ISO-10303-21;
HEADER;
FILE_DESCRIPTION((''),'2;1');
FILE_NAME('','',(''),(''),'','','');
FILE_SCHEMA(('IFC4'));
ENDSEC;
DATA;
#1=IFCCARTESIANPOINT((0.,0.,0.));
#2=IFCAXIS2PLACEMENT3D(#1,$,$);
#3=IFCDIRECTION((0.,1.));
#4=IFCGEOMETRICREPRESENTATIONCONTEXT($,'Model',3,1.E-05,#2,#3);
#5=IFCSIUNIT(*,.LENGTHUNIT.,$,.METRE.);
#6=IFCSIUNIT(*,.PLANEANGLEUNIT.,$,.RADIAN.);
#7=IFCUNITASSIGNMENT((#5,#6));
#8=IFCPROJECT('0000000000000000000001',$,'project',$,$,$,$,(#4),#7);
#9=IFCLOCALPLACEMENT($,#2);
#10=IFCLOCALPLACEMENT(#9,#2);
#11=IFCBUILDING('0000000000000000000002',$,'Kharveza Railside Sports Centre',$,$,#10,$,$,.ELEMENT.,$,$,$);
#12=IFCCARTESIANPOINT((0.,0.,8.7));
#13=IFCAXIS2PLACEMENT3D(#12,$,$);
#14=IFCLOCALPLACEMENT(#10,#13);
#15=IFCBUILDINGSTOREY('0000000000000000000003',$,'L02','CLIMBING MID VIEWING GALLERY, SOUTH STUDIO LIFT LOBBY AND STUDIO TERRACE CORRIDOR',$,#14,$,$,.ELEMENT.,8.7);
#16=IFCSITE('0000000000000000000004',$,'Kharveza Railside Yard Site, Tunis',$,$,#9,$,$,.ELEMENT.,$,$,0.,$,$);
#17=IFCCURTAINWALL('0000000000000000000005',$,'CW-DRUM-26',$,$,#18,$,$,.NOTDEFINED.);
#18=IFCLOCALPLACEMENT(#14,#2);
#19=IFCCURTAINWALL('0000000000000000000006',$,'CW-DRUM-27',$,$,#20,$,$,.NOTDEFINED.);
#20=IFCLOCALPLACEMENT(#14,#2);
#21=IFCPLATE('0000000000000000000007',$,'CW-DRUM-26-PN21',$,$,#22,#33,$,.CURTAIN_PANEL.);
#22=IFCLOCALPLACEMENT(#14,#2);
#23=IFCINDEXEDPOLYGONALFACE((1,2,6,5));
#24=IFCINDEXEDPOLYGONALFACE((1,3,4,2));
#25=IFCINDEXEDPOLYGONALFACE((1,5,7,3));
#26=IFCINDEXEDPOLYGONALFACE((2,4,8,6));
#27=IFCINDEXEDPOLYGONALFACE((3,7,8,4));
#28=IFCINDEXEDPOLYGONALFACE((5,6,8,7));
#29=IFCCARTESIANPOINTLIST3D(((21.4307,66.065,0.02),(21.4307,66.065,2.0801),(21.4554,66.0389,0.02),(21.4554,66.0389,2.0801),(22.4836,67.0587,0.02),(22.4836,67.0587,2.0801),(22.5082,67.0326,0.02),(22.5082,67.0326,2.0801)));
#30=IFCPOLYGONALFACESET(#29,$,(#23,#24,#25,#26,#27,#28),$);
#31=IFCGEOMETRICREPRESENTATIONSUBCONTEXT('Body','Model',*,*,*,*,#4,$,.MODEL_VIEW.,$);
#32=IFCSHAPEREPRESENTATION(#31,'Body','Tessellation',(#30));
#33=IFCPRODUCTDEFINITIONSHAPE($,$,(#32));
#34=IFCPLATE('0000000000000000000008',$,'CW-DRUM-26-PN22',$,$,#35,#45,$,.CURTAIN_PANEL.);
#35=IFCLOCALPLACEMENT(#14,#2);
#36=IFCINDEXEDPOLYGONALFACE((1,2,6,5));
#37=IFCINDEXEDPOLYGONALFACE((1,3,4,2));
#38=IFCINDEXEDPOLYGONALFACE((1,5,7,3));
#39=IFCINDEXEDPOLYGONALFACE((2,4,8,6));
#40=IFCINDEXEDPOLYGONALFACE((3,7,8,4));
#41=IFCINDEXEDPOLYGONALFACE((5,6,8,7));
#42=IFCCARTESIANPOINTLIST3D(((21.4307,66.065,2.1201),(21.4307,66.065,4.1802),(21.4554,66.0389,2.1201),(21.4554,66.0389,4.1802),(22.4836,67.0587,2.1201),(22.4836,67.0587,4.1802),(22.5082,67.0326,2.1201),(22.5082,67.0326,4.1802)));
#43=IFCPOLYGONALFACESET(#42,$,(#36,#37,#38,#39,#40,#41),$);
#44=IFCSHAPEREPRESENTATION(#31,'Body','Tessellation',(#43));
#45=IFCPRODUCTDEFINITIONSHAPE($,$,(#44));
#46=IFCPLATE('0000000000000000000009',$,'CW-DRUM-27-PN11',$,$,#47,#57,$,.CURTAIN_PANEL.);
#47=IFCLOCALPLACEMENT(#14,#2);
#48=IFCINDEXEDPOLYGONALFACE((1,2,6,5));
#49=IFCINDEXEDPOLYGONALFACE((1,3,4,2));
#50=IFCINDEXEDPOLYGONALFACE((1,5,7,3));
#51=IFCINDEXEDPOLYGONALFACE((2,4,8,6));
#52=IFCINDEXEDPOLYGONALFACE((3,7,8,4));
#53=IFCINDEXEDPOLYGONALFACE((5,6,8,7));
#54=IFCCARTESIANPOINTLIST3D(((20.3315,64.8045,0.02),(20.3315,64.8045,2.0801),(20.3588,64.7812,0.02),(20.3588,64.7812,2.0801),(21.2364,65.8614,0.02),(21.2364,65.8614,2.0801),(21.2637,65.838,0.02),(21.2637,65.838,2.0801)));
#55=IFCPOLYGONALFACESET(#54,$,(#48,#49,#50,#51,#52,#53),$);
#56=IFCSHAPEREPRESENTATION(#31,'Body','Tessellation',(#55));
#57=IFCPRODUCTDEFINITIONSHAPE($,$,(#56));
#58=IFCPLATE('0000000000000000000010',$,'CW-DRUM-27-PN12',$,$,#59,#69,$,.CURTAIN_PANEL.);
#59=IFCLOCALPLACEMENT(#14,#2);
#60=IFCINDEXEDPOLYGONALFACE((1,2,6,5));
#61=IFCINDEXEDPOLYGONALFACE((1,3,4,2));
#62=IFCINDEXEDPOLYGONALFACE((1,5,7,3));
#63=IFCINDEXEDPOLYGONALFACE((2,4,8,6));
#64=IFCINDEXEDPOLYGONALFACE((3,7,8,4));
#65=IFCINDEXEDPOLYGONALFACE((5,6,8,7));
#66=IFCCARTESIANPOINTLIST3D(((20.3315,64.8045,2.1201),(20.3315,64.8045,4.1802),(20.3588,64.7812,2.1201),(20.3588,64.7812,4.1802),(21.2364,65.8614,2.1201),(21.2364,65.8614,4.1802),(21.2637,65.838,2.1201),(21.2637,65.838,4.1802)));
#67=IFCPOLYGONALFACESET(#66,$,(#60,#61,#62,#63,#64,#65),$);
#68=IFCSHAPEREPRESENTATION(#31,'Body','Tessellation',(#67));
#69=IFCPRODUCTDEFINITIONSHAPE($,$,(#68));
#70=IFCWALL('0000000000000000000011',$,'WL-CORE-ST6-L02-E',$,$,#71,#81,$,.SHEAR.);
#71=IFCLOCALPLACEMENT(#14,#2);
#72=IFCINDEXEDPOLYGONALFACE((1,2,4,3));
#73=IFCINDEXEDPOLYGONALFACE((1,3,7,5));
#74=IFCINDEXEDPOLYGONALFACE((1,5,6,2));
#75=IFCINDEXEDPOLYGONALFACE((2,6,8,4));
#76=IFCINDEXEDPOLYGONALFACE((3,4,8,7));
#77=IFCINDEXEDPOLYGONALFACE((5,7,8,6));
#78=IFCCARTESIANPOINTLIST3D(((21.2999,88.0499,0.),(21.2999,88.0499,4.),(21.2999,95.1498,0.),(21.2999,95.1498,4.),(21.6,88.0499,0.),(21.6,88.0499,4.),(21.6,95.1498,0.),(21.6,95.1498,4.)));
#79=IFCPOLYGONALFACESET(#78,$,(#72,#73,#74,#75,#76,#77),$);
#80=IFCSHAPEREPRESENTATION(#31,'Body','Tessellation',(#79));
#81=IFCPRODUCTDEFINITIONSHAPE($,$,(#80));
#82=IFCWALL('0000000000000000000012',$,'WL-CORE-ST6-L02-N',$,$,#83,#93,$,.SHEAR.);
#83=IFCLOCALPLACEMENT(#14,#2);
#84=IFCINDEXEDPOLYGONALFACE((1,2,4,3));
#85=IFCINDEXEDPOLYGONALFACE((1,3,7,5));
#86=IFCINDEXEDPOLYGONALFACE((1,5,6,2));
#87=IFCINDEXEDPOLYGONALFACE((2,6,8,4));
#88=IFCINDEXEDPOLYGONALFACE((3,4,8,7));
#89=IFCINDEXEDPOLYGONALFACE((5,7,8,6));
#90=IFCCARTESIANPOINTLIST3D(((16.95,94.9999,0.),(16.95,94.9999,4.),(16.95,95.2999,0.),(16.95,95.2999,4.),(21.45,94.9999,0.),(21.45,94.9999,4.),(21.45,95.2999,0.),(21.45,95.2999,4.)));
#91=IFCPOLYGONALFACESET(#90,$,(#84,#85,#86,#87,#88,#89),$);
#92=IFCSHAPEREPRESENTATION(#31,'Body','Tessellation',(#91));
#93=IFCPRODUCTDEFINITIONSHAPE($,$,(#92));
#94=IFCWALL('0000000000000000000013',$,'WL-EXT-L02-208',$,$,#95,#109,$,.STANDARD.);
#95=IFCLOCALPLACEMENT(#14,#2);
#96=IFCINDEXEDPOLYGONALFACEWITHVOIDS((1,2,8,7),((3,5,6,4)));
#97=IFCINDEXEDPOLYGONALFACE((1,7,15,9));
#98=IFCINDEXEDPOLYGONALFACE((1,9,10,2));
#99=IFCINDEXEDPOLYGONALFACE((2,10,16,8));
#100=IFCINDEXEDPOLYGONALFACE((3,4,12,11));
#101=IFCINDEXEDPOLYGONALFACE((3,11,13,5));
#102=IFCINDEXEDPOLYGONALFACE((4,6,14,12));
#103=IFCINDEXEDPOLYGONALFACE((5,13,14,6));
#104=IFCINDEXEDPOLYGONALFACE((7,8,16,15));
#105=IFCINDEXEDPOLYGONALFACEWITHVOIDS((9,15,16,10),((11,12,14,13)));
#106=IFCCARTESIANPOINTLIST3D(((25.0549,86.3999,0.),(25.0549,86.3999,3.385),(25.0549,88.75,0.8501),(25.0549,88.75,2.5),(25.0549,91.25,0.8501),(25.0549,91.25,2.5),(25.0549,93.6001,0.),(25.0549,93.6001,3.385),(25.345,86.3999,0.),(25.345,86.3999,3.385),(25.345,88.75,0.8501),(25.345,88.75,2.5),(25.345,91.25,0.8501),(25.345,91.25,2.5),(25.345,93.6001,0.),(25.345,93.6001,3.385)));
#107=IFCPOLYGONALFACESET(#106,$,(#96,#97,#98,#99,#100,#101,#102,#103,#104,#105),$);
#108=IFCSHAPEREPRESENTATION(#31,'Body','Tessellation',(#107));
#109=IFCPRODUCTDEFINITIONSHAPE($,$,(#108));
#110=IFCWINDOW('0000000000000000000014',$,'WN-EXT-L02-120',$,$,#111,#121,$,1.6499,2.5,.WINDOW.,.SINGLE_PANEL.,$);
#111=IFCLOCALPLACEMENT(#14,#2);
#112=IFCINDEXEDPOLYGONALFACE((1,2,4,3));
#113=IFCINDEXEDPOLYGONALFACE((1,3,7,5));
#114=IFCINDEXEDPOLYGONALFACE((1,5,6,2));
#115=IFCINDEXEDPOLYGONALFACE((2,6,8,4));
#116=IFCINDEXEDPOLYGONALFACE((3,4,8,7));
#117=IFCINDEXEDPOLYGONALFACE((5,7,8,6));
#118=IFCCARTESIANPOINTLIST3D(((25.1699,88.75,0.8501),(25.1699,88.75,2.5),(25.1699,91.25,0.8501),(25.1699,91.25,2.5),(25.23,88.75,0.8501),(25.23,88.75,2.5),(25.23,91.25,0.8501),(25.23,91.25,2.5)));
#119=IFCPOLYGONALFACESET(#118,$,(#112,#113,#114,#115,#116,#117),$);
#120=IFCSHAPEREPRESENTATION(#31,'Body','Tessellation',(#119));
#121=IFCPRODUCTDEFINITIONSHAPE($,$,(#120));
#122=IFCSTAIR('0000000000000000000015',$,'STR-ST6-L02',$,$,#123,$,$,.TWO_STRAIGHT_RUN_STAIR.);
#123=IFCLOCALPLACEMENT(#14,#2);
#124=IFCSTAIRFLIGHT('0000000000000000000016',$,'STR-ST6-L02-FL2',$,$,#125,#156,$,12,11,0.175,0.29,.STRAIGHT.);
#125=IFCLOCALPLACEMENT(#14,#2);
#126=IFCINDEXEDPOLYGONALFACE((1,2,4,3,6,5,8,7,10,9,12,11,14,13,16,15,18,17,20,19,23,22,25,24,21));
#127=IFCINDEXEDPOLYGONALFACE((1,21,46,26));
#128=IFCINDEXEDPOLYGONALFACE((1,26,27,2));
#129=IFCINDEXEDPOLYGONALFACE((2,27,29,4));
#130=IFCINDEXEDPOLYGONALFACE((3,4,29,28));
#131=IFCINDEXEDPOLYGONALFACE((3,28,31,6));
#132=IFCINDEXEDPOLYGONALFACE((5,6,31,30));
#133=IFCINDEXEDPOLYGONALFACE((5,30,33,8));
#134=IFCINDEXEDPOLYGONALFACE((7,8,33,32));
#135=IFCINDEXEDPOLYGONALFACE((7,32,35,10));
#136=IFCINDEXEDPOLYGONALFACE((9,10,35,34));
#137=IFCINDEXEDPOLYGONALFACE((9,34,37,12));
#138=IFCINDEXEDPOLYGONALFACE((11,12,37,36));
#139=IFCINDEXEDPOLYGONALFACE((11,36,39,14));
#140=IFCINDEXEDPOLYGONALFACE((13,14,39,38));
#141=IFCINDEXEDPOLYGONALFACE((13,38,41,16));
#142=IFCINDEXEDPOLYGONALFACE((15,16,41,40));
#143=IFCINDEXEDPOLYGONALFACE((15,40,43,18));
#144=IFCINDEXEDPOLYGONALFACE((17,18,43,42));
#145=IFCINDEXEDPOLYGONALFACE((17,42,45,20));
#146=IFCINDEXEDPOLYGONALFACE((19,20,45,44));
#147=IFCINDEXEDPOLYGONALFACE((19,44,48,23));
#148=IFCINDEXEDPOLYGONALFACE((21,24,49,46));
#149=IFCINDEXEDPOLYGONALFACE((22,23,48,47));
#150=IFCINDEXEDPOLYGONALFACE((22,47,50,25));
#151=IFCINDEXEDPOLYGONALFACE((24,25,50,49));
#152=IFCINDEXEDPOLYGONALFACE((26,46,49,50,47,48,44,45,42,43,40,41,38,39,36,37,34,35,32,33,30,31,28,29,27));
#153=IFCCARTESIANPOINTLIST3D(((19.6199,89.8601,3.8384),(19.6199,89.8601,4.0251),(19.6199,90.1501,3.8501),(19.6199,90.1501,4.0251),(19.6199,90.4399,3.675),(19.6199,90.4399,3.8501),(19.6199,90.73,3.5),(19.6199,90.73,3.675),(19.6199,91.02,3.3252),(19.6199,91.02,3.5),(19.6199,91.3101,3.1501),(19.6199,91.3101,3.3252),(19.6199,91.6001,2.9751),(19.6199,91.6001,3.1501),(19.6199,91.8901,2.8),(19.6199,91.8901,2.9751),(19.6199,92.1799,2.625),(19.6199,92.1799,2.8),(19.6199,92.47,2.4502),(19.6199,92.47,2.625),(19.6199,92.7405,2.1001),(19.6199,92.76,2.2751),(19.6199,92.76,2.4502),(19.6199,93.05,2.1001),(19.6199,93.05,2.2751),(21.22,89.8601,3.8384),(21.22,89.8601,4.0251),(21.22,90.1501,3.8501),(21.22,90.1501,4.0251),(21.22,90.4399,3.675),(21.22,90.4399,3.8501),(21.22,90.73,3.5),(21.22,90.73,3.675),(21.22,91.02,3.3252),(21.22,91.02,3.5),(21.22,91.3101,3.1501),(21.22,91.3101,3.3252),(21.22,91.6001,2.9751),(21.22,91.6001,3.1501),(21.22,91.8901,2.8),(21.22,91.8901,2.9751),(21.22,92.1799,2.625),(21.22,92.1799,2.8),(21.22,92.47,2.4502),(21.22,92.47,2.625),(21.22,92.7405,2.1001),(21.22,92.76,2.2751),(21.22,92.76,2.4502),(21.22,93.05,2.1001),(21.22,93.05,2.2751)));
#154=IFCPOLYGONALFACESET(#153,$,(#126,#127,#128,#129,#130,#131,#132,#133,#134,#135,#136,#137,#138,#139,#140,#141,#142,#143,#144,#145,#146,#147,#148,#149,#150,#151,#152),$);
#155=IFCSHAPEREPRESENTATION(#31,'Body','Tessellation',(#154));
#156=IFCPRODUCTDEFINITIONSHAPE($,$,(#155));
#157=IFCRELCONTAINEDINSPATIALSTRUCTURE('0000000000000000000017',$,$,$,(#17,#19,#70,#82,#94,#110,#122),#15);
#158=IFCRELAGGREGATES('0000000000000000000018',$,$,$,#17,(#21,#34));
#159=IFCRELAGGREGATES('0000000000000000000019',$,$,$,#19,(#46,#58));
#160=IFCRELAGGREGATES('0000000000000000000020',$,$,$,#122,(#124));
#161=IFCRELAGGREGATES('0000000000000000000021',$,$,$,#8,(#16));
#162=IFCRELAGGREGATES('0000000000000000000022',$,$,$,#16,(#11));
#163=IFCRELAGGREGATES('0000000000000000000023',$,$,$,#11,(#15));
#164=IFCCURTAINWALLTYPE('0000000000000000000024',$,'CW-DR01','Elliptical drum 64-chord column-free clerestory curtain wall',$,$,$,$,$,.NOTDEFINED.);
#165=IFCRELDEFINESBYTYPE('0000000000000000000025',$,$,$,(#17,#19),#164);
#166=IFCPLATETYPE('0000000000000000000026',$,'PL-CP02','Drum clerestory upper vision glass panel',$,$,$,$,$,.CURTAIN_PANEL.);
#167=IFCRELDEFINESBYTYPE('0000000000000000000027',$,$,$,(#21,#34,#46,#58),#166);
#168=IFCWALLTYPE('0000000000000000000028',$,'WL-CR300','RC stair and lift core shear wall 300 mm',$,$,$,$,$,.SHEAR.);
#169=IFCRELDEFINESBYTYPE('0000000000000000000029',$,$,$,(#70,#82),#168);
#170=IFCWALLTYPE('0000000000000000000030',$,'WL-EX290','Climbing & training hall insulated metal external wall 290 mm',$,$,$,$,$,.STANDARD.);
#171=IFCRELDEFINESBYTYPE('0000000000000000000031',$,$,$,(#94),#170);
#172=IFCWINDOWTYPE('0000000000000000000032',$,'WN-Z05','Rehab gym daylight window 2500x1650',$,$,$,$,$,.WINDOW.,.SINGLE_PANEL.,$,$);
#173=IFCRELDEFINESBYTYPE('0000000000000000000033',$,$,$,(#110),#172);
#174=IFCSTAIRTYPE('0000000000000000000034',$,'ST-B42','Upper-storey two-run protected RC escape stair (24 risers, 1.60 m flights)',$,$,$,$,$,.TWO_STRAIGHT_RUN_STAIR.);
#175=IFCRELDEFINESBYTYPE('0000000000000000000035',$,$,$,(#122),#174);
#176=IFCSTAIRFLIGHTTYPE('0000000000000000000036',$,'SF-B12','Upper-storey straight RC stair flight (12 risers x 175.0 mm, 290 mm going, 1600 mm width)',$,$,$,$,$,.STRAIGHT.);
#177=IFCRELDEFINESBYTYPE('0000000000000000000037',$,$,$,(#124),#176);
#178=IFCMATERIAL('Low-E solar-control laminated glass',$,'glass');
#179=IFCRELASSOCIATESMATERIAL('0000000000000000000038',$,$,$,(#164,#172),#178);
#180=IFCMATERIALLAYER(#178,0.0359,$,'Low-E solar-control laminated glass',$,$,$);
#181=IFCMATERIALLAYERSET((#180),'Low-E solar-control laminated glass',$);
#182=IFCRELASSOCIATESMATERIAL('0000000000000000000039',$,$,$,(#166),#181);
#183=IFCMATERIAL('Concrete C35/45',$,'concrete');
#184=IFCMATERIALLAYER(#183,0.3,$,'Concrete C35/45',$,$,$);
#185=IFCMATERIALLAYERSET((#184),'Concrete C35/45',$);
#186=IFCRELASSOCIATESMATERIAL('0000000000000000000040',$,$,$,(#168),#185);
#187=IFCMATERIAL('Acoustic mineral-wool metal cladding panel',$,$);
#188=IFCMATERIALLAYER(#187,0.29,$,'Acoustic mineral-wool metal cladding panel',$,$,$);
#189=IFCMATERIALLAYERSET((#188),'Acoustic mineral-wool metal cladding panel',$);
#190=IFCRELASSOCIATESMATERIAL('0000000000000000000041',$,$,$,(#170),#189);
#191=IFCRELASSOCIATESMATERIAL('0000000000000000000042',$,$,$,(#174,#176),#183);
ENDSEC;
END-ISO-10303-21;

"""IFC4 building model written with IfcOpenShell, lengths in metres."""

from ifc_helpers import new_model, si_unit, direction, frame, frame_2d, origin, origin_2d, place, context, subcontext, project, spatial, polyline, rectangle, outline, extrude, material, layer, layer_set, type_object, element, fill, aggregate, save


model = new_model("IFC4")

# Units and contexts
model_context = context("Model", 3, precision=1e-05, world=origin(), true_north=direction((0.0, 1.0)))
body_context = subcontext(model_context, "Body", "Model", "MODEL_VIEW")
ifc_project = project(units=[si_unit("LENGTHUNIT", "METRE"), si_unit("PLANEANGLEUNIT", "RADIAN")], contexts=[model_context])

# Site, building, storey
site_placement = place(None, origin())
site = spatial("IfcSite", under=ifc_project, at=site_placement, Name="Kharveza Railside Yard Site, Tunis", CompositionType="ELEMENT", RefElevation=0.0)
building_placement = place(site_placement, origin())
building = spatial("IfcBuilding", under=site, at=building_placement, Name="Kharveza Railside Sports Centre", CompositionType="ELEMENT")
storey_placement = place(building_placement, frame((0.0, 0.0, 8.7)))
storey = spatial("IfcBuildingStorey", under=building, at=storey_placement, Name="L02", Description="CLIMBING MID VIEWING GALLERY, SOUTH STUDIO LIFT LOBBY AND STUDIO TERRACE CORRIDOR", CompositionType="ELEMENT", Elevation=8.7)

# Curtain wall
ifc_material_1 = material(Name="Low-E solar-control laminated glass", Category="glass")
curtain_wall_type = type_object("IfcCurtainWallType", Name="CW-DR01", Description="Elliptical drum 64-chord column-free clerestory curtain wall", PredefinedType="NOTDEFINED", material=ifc_material_1)
curtain_wall_1_placement = place(storey_placement, origin())
curtain_wall_1 = element("IfcCurtainWall", 1, at=curtain_wall_1_placement, inside=storey, type_object=curtain_wall_type, Name="CW-DRUM-26", PredefinedType="NOTDEFINED")

# Curtain wall
curtain_wall_2_placement = place(storey_placement, origin())
curtain_wall_2 = element("IfcCurtainWall", 2, at=curtain_wall_2_placement, inside=storey, type_object=curtain_wall_type, Name="CW-DRUM-27", PredefinedType="NOTDEFINED")

# Plates
ifc_layer_1 = layer(ifc_material_1, 0.0359, Name="Low-E solar-control laminated glass")
ifc_layer_set_1 = layer_set([ifc_layer_1], Name="Low-E solar-control laminated glass")
plate_type = type_object("IfcPlateType", Name="PL-CP02", Description="Drum clerestory upper vision glass panel", PredefinedType="CURTAIN_PANEL", material=ifc_layer_set_1)
plate_1_placement = place(storey_placement, frame((21.9695, 66.5488, 0.02), z_axis=(0.0, 0.0, 1.0), x_axis=(-0.727234, -0.68639, 0.0)))
plate_1 = element("IfcPlate", 3, at=plate_1_placement, type_object=plate_type, Name="CW-DRUM-26-PN21", PredefinedType="CURTAIN_PANEL", context=body_context, shape_type="SweptSolid", body=[
    extrude(rectangle(XDim=1.4478, YDim=0.0359, at=origin_2d()), origin(), (0.0, 0.0, 1.0), 2.0601),
])
plate_2_placement = place(storey_placement, frame((21.9695, 66.5488, 2.1201), z_axis=(0.0, 0.0, 1.0), x_axis=(-0.727234, -0.68639, 0.0)))
plate_2 = element("IfcPlate", 4, at=plate_2_placement, type_object=plate_type, Name="CW-DRUM-26-PN22", PredefinedType="CURTAIN_PANEL", context=body_context, shape_type="SweptSolid", body=[
    extrude(rectangle(XDim=1.4478, YDim=0.0359, at=origin_2d()), origin(), (0.0, 0.0, 1.0), 2.0601),
])
aggregate(curtain_wall_1, [plate_1, plate_2])
plate_3_placement = place(storey_placement, frame((20.7976, 65.3213, 0.02), z_axis=(0.0, 0.0, 1.0), x_axis=(-0.650403, -0.759589, 0.0)))
plate_3 = element("IfcPlate", 5, at=plate_3_placement, type_object=plate_type, Name="CW-DRUM-27-PN11", PredefinedType="CURTAIN_PANEL", context=body_context, shape_type="SweptSolid", body=[
    extrude(rectangle(XDim=1.3914, YDim=0.0359, at=origin_2d()), origin(), (0.0, 0.0, 1.0), 2.0601),
])
plate_4_placement = place(storey_placement, frame((20.7976, 65.3213, 2.1201), z_axis=(0.0, 0.0, 1.0), x_axis=(-0.650403, -0.759589, 0.0)))
plate_4 = element("IfcPlate", 6, at=plate_4_placement, type_object=plate_type, Name="CW-DRUM-27-PN12", PredefinedType="CURTAIN_PANEL", context=body_context, shape_type="SweptSolid", body=[
    extrude(rectangle(XDim=1.3914, YDim=0.0359, at=origin_2d()), origin(), (0.0, 0.0, 1.0), 2.0601),
])
aggregate(curtain_wall_2, [plate_3, plate_4])

# Walls
ifc_material_2 = material(Name="Concrete C35/45", Category="concrete")
ifc_layer_2 = layer(ifc_material_2, 0.3, Name="Concrete C35/45")
ifc_layer_set_2 = layer_set([ifc_layer_2], Name="Concrete C35/45")
wall_type_1 = type_object("IfcWallType", Name="WL-CR300", Description="RC stair and lift core shear wall 300 mm", PredefinedType="SHEAR", material=ifc_layer_set_2)
wall_1_placement = place(storey_placement, frame((21.45, 88.05, 0.0), z_axis=(0.0, 0.0, 1.0), x_axis=(0.0, 1.0, 0.0)))
element("IfcWall", 7, at=wall_1_placement, inside=storey, type_object=wall_type_1, Name="WL-CORE-ST6-L02-E", PredefinedType="SHEAR", context=body_context, shape_type="SweptSolid", body=[
    extrude(rectangle(XDim=7.0999, YDim=0.3, at=frame_2d((3.5498, 0.0))), origin(), (0.0, 0.0, 1.0), 4.0),
])
wall_2_placement = place(storey_placement, frame((21.45, 95.1499, 0.0), z_axis=(0.0, 0.0, 1.0), x_axis=(-1.0, 0.0, 0.0)))
element("IfcWall", 8, at=wall_2_placement, inside=storey, type_object=wall_type_1, Name="WL-CORE-ST6-L02-N", PredefinedType="SHEAR", context=body_context, shape_type="SweptSolid", body=[
    extrude(rectangle(XDim=4.5, YDim=0.3, at=frame_2d((2.25, 0.0))), origin(), (0.0, 0.0, 1.0), 4.0),
])

# Wall, opening, window
ifc_material_3 = material(Name="Acoustic mineral-wool metal cladding panel")
ifc_layer_3 = layer(ifc_material_3, 0.29, Name="Acoustic mineral-wool metal cladding panel")
ifc_layer_set_3 = layer_set([ifc_layer_3], Name="Acoustic mineral-wool metal cladding panel")
wall_type_2 = type_object("IfcWallType", Name="WL-EX290", Description="Climbing & training hall insulated metal external wall 290 mm", PredefinedType="STANDARD", material=ifc_layer_set_3)
wall_3_placement = place(storey_placement, frame((25.2, 86.3999, 0.0), z_axis=(0.0, 0.0, 1.0), x_axis=(0.0, 1.0, 0.0)))
wall_3 = element("IfcWall", 9, at=wall_3_placement, inside=storey, type_object=wall_type_2, Name="WL-EXT-L02-208", PredefinedType="STANDARD", context=body_context, shape_type="SweptSolid", body=[
    extrude(rectangle(XDim=7.2002, YDim=0.29, at=frame_2d((3.6001, 0.0))), origin(), (0.0, 0.0, 1.0), 3.385),
])
opening_placement = place(wall_3_placement, frame((2.3501, 0.0, 0.8501)))
opening = element("IfcOpeningElement", 10, at=opening_placement, cuts=wall_3, PredefinedType="OPENING", context=body_context, shape_type="SweptSolid", body=[
    extrude(rectangle(XDim=2.5, YDim=1.6499, at=frame_2d((1.25, 0.825))), frame((0.0, 0.1699, 0.0), z_axis=(0.0, -1.0, 0.0), x_axis=(1.0, 0.0, 0.0)), (0.0, 0.0, 1.0), 0.3398),
])
window_type = type_object("IfcWindowType", Name="WN-Z05", Description="Rehab gym daylight window 2500x1650", PartitioningType="SINGLE_PANEL", PredefinedType="WINDOW", material=ifc_material_1)
window_placement = place(opening_placement, origin())
window = element("IfcWindow", 11, at=window_placement, inside=storey, type_object=window_type, Name="WN-EXT-L02-120", OverallHeight=1.6499, OverallWidth=2.5, PartitioningType="SINGLE_PANEL", PredefinedType="WINDOW", context=body_context, shape_type="SweptSolid", body=[
    extrude(rectangle(XDim=2.5, YDim=1.6499, at=frame_2d((1.25, 0.825))), frame((0.0, 0.03, 0.0), z_axis=(0.0, -1.0, 0.0), x_axis=(1.0, 0.0, 0.0)), (0.0, 0.0, 1.0), 0.0601),
])
fill(opening, window)

# Stair, stair flight
stair_type = type_object("IfcStairType", Name="ST-B42", Description="Upper-storey two-run protected RC escape stair (24 risers, 1.60 m flights)", PredefinedType="TWO_STRAIGHT_RUN_STAIR", material=ifc_material_2)
stair_placement = place(storey_placement, origin())
stair = element("IfcStair", 12, at=stair_placement, inside=storey, type_object=stair_type, Name="STR-ST6-L02", PredefinedType="TWO_STRAIGHT_RUN_STAIR")
stair_flight_type = type_object("IfcStairFlightType", Name="SF-B12", Description="Upper-storey straight RC stair flight (12 risers x 175.0 mm, 290 mm going, 1600 mm width)", PredefinedType="STRAIGHT", material=ifc_material_2)
stair_flight_placement = place(storey_placement, frame((20.4199, 93.05, 2.1001), z_axis=(0.0, 0.0, 1.0), x_axis=(0.0, -1.0, 0.0)))
stair_flight = element("IfcStairFlight", 13, at=stair_flight_placement, type_object=stair_flight_type, Name="STR-ST6-L02-FL2", NumberOfRisers=12, NumberOfTreads=11, PredefinedType="STRAIGHT", RiserHeight=0.175, TreadLength=0.29, context=body_context, shape_type="SweptSolid", body=[
    extrude(outline(polyline([(0.0, 0.0), (0.0, 0.175), (0.29, 0.175), (0.29, 0.3501), (0.5801, 0.3501), (0.5801, 0.5249), (0.8701, 0.5249), (0.8701, 0.7), (1.1599, 0.7), (1.1599, 0.875), (1.45, 0.875), (1.45, 1.05), (1.74, 1.05), (1.74, 1.2251), (2.03, 1.2251), (2.03, 1.3999), (2.3201, 1.3999), (2.3201, 1.575), (2.6101, 1.575), (2.6101, 1.75), (2.8999, 1.75), (2.8999, 1.925), (3.1899, 1.925), (3.1899, 2.1001), (3.1899, 1.7383), (0.3096, 0.0), (0.0, 0.0)])), frame((0.0, 0.8, 0.0), z_axis=(0.0, -1.0, 0.0), x_axis=(1.0, 0.0, 0.0)), (0.0, 0.0, 1.0), 1.6001),
])
aggregate(stair, [stair_flight])

save(model, "model.ifc")
